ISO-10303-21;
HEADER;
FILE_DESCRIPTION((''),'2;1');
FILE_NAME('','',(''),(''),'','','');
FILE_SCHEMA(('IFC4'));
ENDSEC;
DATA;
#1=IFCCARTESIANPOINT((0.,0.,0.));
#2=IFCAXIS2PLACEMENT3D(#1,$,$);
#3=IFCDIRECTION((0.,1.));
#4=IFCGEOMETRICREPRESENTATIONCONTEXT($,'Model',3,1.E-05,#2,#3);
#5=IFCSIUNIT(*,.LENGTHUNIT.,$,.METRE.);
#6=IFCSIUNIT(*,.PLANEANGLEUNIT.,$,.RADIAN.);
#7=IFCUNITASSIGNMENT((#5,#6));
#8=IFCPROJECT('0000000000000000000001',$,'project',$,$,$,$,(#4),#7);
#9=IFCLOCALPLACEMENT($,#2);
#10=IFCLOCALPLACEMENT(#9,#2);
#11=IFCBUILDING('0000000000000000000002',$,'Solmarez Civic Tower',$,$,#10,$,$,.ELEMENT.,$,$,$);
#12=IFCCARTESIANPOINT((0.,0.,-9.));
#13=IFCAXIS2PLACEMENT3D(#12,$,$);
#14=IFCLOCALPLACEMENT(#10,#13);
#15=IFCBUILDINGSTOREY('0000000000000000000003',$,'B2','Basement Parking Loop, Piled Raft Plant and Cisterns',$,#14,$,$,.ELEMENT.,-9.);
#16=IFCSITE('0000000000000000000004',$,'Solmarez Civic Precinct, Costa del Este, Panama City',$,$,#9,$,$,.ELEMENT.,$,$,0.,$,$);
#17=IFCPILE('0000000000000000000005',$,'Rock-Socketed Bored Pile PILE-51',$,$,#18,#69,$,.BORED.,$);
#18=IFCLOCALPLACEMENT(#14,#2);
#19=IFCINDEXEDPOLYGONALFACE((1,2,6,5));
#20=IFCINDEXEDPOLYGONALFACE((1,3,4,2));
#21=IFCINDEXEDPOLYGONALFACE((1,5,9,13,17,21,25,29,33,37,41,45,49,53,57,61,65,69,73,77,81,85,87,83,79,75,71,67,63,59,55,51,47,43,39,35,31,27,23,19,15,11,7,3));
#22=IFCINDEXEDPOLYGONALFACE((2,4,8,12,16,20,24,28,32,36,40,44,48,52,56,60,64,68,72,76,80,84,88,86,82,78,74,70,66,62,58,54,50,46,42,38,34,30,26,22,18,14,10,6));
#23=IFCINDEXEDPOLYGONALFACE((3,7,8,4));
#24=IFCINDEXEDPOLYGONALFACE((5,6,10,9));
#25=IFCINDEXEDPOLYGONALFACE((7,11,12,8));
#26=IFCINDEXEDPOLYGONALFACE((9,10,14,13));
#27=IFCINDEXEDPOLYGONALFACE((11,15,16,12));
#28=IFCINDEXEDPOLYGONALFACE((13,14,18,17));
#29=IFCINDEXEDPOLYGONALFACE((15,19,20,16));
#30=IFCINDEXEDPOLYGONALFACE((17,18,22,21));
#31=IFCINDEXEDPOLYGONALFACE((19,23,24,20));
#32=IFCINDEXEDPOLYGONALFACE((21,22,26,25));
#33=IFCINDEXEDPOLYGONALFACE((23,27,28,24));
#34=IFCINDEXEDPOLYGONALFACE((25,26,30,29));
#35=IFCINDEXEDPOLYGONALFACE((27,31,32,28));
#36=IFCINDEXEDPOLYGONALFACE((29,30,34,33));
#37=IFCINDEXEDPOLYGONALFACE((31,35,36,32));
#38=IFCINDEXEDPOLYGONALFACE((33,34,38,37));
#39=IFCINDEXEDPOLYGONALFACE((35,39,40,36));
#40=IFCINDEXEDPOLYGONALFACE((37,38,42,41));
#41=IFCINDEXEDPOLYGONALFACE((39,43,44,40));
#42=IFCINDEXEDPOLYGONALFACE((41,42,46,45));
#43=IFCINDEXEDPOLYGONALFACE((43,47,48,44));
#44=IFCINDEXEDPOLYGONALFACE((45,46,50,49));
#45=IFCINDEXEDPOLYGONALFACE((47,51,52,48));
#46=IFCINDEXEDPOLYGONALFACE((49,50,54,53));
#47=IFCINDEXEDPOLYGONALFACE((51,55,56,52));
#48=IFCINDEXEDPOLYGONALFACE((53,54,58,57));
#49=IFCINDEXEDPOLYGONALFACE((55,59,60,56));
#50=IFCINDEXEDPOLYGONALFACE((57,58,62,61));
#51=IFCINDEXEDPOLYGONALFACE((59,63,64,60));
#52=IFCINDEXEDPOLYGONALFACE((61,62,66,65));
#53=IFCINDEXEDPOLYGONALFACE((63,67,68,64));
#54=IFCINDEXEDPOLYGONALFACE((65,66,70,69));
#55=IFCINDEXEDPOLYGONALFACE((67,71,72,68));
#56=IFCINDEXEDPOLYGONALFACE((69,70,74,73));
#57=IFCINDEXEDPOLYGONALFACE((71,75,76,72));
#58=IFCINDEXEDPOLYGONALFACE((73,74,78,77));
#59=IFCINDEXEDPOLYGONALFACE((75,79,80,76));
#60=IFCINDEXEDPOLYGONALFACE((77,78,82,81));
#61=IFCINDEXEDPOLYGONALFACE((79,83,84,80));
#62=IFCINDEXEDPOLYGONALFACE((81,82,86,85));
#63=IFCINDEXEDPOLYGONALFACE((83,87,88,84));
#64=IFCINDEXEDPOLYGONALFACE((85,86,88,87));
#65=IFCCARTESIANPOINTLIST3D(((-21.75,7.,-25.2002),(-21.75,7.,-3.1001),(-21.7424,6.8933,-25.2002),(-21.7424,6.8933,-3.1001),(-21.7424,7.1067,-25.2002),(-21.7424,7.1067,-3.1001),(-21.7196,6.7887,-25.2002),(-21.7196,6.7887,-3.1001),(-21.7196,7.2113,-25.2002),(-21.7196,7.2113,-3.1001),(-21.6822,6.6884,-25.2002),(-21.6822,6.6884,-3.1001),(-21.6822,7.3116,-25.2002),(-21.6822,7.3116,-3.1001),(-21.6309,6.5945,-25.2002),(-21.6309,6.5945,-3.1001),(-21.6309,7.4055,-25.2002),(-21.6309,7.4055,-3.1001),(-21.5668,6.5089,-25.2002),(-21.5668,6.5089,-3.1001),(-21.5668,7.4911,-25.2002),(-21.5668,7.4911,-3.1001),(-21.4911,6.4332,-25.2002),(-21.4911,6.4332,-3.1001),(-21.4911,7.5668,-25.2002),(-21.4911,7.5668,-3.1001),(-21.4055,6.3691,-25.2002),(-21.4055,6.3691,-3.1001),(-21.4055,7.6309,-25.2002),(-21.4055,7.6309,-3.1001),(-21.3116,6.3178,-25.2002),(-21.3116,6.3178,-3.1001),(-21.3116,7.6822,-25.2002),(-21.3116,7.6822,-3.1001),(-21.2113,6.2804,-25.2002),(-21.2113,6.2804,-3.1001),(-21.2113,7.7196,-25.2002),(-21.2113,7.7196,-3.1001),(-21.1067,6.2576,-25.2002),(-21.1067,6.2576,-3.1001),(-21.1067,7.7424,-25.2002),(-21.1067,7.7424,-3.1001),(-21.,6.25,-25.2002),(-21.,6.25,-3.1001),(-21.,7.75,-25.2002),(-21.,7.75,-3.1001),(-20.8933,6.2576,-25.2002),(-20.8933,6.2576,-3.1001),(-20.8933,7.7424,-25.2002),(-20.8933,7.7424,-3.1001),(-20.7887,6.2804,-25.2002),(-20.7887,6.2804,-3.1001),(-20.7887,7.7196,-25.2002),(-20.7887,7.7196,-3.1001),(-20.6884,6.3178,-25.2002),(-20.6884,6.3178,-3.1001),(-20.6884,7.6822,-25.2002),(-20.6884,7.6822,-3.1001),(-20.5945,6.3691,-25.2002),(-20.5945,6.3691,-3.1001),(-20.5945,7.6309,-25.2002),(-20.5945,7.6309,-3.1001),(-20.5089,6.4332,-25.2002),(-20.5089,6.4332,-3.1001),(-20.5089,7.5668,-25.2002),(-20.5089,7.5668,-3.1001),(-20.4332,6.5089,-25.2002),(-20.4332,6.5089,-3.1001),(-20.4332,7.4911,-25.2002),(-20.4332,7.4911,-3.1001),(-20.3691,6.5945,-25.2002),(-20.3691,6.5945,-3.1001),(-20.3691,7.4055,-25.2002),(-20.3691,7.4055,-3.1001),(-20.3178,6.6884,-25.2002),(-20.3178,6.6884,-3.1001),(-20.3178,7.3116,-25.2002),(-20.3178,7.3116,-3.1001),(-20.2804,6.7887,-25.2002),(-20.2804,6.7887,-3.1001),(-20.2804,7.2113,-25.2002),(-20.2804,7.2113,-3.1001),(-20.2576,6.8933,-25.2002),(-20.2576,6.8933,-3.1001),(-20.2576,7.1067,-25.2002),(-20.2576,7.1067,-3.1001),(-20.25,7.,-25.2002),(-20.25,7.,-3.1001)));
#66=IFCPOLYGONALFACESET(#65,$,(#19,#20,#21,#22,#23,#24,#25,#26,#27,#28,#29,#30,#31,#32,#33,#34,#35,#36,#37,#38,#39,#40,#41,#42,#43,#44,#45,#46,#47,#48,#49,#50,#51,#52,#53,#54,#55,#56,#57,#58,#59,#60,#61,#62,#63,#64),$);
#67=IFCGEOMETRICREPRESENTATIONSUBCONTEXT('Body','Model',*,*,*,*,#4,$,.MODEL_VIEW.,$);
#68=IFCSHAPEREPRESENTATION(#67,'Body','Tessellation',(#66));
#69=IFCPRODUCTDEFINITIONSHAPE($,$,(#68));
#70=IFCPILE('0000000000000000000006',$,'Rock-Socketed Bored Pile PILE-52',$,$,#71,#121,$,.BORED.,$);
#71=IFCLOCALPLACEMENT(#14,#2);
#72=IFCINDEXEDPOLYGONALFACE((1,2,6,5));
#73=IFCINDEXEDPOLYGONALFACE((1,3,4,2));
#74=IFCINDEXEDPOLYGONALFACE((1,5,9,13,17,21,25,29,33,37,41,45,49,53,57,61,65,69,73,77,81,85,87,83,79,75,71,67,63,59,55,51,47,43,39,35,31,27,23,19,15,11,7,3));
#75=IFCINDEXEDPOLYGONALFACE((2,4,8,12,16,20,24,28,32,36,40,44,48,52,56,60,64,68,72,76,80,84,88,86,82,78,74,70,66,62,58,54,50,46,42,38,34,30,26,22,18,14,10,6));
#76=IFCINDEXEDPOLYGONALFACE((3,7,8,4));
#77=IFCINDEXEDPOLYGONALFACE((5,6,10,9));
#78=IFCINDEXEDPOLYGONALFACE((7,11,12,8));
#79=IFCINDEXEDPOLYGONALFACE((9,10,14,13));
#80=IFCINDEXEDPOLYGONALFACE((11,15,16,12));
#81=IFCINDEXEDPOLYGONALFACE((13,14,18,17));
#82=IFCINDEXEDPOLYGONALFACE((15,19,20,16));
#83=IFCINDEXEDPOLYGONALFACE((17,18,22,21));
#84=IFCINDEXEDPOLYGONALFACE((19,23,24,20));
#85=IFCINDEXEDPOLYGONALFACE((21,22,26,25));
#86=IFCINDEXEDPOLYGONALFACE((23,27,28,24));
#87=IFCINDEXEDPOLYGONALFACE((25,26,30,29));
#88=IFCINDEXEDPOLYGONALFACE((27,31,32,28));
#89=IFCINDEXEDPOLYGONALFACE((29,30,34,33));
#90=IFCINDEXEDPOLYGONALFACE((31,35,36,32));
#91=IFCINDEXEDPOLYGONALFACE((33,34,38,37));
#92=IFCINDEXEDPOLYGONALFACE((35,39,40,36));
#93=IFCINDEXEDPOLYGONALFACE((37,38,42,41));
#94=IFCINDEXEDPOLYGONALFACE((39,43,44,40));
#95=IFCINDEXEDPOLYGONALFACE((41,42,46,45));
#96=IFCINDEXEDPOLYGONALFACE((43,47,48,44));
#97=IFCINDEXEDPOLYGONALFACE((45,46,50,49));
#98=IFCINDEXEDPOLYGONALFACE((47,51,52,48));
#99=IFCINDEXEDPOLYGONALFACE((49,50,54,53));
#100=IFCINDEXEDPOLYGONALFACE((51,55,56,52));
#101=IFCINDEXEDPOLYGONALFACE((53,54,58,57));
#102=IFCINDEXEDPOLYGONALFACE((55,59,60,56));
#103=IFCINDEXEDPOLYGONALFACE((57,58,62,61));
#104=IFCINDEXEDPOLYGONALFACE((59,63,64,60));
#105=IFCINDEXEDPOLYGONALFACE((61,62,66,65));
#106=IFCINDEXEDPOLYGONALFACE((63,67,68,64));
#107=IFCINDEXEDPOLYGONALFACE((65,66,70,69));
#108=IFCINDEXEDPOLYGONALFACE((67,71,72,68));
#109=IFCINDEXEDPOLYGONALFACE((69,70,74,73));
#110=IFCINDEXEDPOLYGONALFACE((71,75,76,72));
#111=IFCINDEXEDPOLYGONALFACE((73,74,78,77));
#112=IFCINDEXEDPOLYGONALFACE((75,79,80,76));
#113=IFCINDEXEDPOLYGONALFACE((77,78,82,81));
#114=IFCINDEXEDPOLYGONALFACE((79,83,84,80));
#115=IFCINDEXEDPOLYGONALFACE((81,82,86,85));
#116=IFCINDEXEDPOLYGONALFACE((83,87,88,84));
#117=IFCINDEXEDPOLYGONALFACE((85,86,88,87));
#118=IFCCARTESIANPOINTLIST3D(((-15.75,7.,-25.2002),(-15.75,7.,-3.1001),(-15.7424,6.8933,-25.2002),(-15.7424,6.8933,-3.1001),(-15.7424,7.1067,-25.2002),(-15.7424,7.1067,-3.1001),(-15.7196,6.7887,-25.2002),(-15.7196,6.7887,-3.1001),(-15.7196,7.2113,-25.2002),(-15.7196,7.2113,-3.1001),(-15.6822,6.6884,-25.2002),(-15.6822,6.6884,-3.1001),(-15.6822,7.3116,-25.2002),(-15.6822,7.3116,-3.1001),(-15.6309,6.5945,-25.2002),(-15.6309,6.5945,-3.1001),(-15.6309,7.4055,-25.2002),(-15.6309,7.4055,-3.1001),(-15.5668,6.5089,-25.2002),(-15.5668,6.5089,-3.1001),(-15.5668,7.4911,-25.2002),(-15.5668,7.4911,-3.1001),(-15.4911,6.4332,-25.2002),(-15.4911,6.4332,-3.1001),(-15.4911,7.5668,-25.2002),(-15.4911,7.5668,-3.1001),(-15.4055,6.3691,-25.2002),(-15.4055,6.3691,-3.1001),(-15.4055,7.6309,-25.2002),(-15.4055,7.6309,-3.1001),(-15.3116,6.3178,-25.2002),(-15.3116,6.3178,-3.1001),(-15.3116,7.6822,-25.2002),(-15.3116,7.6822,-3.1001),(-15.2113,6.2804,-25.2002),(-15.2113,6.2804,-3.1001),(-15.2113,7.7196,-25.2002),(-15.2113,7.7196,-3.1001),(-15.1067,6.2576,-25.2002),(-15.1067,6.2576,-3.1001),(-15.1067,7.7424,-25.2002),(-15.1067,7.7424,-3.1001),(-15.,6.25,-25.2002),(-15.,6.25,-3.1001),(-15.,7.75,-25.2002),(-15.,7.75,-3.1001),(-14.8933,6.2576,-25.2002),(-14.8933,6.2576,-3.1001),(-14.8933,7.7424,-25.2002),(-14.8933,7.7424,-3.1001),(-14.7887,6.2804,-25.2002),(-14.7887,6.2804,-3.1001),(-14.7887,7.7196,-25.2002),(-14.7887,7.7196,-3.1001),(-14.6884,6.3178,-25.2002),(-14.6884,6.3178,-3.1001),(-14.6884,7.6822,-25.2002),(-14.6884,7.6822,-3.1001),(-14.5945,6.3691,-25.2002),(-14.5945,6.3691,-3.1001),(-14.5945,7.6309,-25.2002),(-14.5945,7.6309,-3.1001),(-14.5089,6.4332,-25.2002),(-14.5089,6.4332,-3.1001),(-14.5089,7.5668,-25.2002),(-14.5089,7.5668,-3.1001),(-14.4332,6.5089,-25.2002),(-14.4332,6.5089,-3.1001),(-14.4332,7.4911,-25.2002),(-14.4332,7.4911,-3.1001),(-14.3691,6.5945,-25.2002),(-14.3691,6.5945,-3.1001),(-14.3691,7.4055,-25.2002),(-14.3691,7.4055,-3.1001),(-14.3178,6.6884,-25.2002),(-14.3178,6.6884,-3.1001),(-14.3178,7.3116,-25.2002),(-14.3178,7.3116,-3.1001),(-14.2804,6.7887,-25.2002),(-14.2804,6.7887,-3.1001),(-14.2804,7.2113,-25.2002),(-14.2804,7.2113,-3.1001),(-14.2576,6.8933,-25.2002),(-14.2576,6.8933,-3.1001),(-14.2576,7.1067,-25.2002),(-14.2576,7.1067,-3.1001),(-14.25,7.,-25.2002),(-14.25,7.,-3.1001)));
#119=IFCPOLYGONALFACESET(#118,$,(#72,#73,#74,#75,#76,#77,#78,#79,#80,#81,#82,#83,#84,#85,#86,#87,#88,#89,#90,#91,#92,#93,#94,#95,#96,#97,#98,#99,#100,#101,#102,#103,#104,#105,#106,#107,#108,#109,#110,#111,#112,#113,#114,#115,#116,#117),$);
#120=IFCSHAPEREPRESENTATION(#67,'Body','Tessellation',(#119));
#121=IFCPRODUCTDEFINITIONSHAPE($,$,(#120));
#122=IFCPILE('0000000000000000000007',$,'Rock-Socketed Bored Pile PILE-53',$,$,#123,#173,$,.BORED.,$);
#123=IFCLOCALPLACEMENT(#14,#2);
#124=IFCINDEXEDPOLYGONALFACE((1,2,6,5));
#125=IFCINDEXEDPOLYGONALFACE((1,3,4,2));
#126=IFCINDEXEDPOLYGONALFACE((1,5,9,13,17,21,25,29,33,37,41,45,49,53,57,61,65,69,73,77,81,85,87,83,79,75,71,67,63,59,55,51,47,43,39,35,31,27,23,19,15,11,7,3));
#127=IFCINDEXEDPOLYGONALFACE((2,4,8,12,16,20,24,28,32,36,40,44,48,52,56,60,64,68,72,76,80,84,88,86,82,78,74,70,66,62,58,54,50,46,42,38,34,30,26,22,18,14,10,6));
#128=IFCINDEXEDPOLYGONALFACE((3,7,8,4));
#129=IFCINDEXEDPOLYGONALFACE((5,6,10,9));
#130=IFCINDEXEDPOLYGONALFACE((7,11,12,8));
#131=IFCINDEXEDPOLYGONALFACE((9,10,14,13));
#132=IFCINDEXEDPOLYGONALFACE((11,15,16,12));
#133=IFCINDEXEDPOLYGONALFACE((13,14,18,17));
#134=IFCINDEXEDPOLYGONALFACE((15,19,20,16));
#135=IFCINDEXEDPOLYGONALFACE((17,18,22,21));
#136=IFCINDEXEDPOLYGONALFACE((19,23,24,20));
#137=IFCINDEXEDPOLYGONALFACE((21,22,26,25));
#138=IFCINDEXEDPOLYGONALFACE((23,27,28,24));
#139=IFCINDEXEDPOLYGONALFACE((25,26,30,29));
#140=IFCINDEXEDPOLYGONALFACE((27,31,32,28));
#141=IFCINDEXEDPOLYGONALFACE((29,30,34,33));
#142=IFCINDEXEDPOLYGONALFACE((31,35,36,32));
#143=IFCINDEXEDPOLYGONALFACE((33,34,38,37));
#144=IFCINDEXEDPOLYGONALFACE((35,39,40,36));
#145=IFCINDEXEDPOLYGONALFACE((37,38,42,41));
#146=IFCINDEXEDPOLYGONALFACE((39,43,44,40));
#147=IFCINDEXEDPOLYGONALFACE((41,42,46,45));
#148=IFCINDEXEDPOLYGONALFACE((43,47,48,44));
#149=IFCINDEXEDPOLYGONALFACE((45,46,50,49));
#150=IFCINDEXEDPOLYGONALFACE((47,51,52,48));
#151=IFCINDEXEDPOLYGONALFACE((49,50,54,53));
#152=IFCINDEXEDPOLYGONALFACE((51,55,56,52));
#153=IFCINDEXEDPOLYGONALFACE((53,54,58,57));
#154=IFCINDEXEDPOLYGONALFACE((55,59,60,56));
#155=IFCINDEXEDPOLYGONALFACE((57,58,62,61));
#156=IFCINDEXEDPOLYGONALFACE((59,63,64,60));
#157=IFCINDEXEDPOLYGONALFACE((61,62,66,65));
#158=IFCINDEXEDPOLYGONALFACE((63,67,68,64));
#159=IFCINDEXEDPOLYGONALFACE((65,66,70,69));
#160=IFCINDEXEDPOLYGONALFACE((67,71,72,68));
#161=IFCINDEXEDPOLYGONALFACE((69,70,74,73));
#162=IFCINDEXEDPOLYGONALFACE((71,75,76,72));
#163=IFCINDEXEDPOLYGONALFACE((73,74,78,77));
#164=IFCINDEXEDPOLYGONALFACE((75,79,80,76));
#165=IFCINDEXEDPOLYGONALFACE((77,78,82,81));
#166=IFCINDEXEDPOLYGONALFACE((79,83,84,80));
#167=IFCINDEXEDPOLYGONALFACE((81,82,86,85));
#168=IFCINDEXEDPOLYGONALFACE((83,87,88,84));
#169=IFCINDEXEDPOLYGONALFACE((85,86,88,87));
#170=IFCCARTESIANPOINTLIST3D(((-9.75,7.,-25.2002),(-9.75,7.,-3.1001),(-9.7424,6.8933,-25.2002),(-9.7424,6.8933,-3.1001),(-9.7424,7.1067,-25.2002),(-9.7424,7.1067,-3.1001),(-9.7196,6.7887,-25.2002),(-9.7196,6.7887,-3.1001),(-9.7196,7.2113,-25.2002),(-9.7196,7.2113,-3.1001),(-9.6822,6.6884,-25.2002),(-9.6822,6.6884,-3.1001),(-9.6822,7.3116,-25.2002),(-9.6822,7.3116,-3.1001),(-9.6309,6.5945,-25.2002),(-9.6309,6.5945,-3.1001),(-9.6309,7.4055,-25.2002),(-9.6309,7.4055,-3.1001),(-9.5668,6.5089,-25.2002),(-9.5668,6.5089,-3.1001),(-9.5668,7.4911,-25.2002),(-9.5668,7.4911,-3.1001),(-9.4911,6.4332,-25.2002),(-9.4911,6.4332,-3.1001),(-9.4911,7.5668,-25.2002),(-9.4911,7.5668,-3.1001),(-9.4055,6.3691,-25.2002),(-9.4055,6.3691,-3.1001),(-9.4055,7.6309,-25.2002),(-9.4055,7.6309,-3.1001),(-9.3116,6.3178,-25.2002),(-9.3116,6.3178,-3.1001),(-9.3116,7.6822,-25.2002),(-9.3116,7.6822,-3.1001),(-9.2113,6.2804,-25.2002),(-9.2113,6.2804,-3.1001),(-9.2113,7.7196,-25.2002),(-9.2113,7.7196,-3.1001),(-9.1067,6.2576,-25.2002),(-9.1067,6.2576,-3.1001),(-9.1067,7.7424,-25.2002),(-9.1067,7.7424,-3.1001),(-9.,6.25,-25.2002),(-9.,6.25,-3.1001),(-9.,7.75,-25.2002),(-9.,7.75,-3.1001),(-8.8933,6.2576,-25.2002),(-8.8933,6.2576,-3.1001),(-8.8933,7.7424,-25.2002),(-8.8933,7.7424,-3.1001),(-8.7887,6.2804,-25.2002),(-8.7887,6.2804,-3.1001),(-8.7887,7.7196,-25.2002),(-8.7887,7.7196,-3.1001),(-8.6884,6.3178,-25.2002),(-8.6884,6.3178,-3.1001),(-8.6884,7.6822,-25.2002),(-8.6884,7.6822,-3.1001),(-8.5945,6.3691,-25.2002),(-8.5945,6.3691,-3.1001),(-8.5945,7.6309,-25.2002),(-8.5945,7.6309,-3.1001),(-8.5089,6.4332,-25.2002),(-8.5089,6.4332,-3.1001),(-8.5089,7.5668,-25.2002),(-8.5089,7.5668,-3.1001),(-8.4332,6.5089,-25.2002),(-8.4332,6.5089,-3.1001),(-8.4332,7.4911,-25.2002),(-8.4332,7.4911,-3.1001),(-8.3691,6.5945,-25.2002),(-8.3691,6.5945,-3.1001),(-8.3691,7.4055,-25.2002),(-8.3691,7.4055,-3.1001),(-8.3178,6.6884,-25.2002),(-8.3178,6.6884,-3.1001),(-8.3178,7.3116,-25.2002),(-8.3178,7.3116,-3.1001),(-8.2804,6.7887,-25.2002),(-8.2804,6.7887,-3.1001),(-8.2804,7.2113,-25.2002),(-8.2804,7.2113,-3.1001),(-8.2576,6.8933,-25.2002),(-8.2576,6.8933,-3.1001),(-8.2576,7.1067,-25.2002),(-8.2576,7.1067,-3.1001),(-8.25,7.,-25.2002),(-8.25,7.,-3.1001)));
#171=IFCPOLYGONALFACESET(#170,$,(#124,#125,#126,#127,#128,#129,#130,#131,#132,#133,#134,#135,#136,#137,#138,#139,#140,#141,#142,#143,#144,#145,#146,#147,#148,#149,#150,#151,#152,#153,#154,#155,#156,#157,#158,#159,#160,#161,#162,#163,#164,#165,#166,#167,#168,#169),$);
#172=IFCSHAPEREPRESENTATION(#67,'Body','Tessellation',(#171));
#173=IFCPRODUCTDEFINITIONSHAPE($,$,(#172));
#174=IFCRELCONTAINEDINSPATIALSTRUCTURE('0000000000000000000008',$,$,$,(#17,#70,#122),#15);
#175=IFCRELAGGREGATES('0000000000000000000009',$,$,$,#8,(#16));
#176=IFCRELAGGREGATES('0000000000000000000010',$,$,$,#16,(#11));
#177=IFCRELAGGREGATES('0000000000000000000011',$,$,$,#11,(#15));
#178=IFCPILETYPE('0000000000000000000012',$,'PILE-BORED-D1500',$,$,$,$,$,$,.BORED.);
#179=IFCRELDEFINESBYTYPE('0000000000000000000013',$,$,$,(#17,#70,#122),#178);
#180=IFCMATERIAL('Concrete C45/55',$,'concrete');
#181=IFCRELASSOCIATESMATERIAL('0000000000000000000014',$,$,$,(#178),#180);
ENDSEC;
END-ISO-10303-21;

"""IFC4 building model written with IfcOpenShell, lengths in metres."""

from ifc_helpers import new_model, si_unit, direction, frame, origin, origin_2d, place, context, subcontext, project, spatial, circle, extrude, material, material_profile, profile_set, type_object, element, save


model = new_model("IFC4")

# Units and contexts
model_context = context("Model", 3, precision=1e-05, world=origin(), true_north=direction((0.0, 1.0)))
body_context = subcontext(model_context, "Body", "Model", "MODEL_VIEW")
ifc_project = project(units=[si_unit("LENGTHUNIT", "METRE"), si_unit("PLANEANGLEUNIT", "RADIAN")], contexts=[model_context])

# Site, building, storey
site_placement = place(None, origin())
site = spatial("IfcSite", under=ifc_project, at=site_placement, Name="Solmarez Civic Precinct, Costa del Este, Panama City", CompositionType="ELEMENT", RefElevation=0.0)
building_placement = place(site_placement, origin())
building = spatial("IfcBuilding", under=site, at=building_placement, Name="Solmarez Civic Tower", CompositionType="ELEMENT")
storey_placement = place(building_placement, frame((0.0, 0.0, -9.0)))
storey = spatial("IfcBuildingStorey", under=building, at=storey_placement, Name="B2", Description="Basement Parking Loop, Piled Raft Plant and Cisterns", CompositionType="ELEMENT", Elevation=-9.0)

# Piles
ifc_material_1 = material(Name="Concrete C45/55", Category="concrete")
ifc_material_profile_1 = material_profile(ifc_material_1, circle(Radius=0.75, at=origin_2d()), Name="PILE-D1500")
ifc_profile_set_1 = profile_set([ifc_material_profile_1], Name="Concrete C45/55")
pile_type = type_object("IfcPileType", Name="PILE-BORED-D1500", PredefinedType="BORED", material=ifc_profile_set_1)
for number, where, z_axis, x_axis, name in (
    (1, (-21.0, 7.0, -3.1001), (0.0, 0.0, -1.0), (1.0, 0.0, 0.0), "Rock-Socketed Bored Pile PILE-51"),
    (2, (-15.0, 7.0, -3.1001), (0.0, 0.0, -1.0), (1.0, 0.0, 0.0), "Rock-Socketed Bored Pile PILE-52"),
    (3, (-9.0, 7.0, -3.1001), (0.0, 0.0, -1.0), (1.0, 0.0, 0.0), "Rock-Socketed Bored Pile PILE-53"),
):
    element("IfcPile", number, at=place(storey_placement, frame(where, z_axis=z_axis, x_axis=x_axis)), inside=storey, type_object=pile_type, Name=name, PredefinedType="BORED", context=body_context, shape_type="SweptSolid", body=[
        extrude(circle(Radius=0.75, at=origin_2d()), origin(), (0.0, 0.0, 1.0), 22.1001),
    ])

save(model, "model.ifc")
